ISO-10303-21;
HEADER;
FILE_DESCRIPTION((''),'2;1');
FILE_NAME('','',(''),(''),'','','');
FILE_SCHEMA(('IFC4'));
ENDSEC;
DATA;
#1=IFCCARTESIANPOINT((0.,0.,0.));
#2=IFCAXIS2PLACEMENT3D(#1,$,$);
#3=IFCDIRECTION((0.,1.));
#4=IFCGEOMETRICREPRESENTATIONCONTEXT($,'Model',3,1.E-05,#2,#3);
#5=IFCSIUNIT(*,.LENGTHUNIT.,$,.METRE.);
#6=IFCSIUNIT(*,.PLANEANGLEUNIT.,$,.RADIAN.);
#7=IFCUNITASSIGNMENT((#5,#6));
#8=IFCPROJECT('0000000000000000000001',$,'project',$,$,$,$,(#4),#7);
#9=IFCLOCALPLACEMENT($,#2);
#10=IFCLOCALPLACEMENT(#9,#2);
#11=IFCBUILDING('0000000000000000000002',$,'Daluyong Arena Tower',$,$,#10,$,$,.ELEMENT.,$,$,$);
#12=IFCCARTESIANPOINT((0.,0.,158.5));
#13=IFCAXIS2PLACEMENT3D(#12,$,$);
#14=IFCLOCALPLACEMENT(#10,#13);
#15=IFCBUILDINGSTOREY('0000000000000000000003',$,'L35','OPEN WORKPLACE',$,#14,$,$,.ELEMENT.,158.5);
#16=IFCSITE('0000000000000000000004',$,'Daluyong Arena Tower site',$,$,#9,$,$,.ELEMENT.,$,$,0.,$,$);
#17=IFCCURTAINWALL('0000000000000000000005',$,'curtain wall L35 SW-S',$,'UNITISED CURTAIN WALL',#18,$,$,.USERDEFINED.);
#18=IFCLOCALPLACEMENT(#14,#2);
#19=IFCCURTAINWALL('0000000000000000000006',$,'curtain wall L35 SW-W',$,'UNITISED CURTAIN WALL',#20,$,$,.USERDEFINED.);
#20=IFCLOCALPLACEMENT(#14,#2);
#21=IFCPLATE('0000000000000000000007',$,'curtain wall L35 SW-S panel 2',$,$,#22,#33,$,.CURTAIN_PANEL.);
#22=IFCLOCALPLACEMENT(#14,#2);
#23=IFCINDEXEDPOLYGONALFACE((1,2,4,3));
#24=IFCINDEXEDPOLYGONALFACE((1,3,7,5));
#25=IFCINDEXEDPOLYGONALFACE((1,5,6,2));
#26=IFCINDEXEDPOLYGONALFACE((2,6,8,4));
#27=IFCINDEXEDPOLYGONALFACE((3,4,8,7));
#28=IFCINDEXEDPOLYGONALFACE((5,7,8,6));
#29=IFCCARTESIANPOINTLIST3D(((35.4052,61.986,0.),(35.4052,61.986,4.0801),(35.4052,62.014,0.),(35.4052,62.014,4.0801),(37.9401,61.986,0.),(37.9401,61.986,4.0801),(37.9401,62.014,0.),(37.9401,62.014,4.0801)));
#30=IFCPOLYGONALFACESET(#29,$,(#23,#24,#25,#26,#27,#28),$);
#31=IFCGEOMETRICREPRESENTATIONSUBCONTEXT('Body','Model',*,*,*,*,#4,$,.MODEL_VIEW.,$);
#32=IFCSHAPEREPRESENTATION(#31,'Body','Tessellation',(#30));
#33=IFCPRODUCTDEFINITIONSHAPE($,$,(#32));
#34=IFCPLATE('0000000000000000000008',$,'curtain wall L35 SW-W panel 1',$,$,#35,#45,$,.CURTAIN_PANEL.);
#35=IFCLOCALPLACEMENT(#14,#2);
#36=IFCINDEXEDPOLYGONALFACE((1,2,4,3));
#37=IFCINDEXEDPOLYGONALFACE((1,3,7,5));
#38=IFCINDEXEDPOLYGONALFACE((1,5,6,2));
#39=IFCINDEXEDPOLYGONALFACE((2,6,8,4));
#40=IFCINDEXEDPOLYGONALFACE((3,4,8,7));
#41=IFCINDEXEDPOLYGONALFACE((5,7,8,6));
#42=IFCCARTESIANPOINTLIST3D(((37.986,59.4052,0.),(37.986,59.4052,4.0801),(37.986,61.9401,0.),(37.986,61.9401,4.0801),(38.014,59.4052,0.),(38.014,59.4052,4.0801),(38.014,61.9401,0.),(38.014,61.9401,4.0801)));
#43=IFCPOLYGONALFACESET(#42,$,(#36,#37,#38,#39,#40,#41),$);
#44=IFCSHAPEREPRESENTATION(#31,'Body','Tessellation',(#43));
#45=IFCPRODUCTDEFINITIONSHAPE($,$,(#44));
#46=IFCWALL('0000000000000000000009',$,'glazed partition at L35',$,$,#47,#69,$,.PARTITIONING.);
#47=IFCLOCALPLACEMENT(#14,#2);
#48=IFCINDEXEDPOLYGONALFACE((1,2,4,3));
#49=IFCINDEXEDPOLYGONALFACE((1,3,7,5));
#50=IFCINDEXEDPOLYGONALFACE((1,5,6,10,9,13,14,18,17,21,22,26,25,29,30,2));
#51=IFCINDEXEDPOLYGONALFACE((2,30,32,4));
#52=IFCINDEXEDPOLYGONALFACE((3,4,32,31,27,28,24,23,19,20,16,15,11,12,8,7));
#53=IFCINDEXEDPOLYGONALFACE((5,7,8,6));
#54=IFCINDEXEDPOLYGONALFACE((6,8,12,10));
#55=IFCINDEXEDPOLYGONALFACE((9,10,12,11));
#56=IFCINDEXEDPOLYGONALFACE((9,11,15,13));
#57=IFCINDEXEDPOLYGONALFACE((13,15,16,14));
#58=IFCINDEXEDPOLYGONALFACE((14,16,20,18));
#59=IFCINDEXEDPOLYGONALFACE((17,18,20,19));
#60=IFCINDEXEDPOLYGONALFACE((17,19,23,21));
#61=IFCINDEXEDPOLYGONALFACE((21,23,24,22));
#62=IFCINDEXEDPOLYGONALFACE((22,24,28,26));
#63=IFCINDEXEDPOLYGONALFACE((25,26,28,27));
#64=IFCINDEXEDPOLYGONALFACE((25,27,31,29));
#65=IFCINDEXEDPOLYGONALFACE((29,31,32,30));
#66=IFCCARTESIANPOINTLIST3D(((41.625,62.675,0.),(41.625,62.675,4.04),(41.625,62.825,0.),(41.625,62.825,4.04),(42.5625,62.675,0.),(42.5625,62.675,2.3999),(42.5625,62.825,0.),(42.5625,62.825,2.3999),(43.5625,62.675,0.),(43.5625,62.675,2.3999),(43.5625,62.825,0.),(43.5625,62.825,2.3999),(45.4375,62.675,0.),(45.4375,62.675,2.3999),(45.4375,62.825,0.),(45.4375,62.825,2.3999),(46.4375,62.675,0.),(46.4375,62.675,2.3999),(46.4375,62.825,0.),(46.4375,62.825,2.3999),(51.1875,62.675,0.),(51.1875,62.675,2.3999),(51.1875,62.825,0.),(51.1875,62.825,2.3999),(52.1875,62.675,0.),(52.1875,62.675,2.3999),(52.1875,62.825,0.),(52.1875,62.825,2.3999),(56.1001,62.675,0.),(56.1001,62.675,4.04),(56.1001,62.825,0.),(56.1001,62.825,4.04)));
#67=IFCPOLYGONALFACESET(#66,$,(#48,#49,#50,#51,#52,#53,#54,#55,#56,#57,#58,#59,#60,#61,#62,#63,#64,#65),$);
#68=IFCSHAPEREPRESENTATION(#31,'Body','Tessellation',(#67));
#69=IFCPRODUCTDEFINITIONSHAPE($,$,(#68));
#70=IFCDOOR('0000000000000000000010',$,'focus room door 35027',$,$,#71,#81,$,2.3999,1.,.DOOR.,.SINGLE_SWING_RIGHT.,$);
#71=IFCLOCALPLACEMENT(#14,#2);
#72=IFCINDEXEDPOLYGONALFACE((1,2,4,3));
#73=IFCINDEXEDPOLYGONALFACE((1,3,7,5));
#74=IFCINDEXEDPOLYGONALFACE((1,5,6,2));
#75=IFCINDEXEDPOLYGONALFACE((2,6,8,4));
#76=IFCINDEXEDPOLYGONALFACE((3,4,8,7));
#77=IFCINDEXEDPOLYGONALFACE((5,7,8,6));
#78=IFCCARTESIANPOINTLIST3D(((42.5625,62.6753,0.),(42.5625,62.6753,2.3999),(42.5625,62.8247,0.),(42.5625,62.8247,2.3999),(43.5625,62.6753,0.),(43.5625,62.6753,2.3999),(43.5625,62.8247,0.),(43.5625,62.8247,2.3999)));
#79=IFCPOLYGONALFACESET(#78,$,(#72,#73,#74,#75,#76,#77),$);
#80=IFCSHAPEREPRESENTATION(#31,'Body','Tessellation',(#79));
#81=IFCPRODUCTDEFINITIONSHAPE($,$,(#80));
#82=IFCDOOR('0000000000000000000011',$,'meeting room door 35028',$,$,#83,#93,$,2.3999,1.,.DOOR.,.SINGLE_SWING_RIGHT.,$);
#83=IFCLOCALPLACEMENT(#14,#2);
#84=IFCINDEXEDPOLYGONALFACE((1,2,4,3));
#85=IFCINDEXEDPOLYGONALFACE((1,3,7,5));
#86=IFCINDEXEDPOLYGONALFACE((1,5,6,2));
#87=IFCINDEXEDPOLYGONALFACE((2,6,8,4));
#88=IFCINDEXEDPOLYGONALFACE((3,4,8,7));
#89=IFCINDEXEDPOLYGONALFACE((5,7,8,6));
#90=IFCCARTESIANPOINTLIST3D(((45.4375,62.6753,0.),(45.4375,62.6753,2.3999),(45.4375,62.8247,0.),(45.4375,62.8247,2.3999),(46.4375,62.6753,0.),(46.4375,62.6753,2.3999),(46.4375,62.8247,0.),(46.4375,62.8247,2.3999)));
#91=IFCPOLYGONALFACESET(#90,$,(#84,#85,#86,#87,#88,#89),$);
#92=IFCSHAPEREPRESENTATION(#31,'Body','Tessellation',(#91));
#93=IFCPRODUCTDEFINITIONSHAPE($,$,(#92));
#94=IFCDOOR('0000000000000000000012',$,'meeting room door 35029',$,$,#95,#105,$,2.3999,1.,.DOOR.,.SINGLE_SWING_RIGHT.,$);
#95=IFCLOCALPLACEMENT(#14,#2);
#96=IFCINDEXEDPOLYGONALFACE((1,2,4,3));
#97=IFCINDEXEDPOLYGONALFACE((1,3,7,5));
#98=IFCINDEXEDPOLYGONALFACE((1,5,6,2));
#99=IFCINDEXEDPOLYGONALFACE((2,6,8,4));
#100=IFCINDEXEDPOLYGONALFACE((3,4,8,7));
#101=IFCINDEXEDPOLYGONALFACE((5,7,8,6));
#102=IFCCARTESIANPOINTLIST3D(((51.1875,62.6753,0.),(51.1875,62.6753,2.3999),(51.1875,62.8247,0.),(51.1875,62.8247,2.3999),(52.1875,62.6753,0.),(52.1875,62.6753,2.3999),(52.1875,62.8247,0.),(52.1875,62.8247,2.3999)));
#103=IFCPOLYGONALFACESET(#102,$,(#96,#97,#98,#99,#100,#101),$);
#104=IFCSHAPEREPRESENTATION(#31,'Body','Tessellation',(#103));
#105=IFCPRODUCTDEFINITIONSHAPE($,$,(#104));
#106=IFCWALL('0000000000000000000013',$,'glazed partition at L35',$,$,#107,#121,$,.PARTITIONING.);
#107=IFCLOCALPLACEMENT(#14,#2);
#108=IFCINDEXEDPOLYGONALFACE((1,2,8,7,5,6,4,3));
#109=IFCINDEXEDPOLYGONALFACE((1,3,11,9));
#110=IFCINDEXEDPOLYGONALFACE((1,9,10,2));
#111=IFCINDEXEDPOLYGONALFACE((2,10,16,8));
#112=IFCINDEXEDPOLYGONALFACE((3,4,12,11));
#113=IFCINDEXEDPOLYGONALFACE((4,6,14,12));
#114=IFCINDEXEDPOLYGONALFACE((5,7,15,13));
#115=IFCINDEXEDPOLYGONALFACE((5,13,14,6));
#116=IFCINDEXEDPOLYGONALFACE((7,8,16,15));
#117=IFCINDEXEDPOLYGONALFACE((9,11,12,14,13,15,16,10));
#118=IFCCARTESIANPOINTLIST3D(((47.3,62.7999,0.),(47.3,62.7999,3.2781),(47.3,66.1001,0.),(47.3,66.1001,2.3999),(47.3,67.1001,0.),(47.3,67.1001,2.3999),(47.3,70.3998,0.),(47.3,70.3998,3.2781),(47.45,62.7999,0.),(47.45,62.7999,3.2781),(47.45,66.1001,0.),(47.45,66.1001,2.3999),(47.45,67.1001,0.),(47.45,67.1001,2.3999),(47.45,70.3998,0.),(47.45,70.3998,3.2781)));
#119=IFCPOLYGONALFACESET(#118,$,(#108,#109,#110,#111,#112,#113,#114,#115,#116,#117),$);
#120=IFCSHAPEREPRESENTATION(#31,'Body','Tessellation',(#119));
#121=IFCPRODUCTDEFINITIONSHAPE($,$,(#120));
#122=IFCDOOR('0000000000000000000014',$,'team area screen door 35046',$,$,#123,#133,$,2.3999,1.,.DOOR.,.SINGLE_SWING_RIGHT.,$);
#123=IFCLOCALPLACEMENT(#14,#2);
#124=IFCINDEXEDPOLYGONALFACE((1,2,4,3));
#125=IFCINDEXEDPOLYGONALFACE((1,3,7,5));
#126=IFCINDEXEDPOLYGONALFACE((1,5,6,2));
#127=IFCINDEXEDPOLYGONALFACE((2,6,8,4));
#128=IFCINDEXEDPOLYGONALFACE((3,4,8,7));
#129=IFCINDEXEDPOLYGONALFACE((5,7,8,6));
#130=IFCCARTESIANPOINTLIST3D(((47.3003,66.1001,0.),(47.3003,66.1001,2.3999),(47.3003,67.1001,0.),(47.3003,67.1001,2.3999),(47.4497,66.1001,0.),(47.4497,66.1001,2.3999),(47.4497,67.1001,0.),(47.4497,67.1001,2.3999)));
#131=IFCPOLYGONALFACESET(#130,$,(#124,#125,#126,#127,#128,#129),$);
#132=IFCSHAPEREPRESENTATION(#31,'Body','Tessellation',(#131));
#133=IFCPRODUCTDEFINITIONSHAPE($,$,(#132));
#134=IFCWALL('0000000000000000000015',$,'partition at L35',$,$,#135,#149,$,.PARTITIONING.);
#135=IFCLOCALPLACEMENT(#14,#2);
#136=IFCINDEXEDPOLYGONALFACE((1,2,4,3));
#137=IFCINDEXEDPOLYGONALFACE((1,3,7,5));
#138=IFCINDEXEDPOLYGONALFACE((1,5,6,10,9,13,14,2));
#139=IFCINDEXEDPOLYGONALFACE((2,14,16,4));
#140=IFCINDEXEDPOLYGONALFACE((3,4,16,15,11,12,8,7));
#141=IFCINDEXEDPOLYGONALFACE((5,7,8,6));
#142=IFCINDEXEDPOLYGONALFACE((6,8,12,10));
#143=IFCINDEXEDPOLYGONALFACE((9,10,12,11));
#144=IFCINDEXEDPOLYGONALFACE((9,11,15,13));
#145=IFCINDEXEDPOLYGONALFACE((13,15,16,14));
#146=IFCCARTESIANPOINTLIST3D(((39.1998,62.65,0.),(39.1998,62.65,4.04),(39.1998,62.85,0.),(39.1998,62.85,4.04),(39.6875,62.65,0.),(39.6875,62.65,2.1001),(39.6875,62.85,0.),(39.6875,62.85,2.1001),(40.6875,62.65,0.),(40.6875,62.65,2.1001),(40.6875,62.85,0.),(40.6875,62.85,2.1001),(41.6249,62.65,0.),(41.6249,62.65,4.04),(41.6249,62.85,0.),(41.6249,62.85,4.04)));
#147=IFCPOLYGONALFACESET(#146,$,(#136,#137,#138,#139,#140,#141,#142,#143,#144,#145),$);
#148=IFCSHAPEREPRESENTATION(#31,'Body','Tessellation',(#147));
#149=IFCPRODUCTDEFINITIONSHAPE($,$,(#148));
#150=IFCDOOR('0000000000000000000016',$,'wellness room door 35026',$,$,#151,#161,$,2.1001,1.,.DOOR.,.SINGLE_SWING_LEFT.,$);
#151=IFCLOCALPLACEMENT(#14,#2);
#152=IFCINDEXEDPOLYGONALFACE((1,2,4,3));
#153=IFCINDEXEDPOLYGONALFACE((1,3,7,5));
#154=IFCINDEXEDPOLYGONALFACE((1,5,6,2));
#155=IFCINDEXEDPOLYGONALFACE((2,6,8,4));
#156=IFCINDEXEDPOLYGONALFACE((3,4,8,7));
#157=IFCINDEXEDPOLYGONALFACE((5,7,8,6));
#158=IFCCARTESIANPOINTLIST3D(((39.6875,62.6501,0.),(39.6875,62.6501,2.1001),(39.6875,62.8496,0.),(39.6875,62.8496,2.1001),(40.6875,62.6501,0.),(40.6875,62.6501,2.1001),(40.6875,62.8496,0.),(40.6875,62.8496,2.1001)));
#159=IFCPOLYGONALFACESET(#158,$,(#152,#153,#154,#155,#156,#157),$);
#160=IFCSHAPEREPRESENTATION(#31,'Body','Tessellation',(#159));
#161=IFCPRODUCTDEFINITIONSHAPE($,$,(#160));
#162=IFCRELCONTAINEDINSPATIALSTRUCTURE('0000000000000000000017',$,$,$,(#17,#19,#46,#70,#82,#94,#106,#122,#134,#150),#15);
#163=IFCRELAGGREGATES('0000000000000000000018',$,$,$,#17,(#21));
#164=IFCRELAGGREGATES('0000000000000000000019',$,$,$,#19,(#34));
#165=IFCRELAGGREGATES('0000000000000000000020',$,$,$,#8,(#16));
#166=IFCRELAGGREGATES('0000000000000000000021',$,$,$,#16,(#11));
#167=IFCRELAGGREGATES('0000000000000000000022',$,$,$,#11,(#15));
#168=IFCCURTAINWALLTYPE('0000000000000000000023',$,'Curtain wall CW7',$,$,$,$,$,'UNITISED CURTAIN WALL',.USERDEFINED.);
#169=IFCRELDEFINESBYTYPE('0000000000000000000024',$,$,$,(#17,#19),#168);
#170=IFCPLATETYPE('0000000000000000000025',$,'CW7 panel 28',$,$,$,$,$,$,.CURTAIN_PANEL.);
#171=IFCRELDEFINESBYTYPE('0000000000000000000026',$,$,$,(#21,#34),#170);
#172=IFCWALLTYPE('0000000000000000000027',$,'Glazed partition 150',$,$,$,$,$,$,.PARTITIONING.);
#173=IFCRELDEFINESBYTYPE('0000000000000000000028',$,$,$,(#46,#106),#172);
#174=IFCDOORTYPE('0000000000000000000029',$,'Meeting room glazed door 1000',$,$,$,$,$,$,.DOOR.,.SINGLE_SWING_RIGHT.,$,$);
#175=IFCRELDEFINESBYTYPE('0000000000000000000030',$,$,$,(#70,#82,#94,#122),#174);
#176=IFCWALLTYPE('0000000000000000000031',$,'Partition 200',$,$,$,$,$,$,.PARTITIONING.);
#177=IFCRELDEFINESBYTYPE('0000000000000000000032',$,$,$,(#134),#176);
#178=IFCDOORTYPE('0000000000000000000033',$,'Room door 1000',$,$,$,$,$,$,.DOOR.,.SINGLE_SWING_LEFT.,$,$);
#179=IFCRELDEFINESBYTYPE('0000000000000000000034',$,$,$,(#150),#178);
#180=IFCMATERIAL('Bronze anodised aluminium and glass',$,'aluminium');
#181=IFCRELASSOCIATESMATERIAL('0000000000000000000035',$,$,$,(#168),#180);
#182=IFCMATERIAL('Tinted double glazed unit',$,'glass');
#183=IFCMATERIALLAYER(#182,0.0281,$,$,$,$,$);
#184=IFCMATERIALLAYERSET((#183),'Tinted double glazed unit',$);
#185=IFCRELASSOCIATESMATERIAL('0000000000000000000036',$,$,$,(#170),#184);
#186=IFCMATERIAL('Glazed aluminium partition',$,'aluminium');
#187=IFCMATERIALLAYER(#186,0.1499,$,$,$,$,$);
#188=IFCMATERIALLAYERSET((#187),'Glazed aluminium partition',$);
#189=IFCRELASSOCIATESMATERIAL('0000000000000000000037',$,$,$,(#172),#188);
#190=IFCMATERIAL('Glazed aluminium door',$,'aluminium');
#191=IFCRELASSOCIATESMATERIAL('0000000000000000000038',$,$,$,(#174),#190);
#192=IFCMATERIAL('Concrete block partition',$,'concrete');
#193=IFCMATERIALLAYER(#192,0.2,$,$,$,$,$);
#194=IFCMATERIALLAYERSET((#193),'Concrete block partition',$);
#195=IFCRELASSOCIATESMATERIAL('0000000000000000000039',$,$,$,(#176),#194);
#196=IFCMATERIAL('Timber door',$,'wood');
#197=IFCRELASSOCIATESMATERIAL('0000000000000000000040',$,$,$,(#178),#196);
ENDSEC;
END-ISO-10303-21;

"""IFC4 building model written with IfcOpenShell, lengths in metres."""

from ifc_helpers import new_model, si_unit, direction, frame, frame_2d, origin, origin_2d, place, context, subcontext, project, spatial, rectangle, extrude, material, layer, layer_set, type_object, element, fill, aggregate, save


model = new_model("IFC4")

# Units and contexts
model_context = context("Model", 3, precision=1e-05, world=origin(), true_north=direction((0.0, 1.0)))
body_context = subcontext(model_context, "Body", "Model", "MODEL_VIEW")
ifc_project = project(units=[si_unit("LENGTHUNIT", "METRE"), si_unit("PLANEANGLEUNIT", "RADIAN")], contexts=[model_context])

# Site, building, storey
site_placement = place(None, origin())
site = spatial("IfcSite", under=ifc_project, at=site_placement, Name="Daluyong Arena Tower site", CompositionType="ELEMENT", RefElevation=0.0)
building_placement = place(site_placement, origin())
building = spatial("IfcBuilding", under=site, at=building_placement, Name="Daluyong Arena Tower", CompositionType="ELEMENT")
storey_placement = place(building_placement, frame((0.0, 0.0, 158.5)))
storey = spatial("IfcBuildingStorey", under=building, at=storey_placement, Name="L35", Description="OPEN WORKPLACE", CompositionType="ELEMENT", Elevation=158.5)

# Curtain walls
ifc_material_1 = material(Name="Bronze anodised aluminium and glass", Category="aluminium")
curtain_wall_type = type_object("IfcCurtainWallType", Name="Curtain wall CW7", ElementType="UNITISED CURTAIN WALL", PredefinedType="USERDEFINED", material=ifc_material_1)
curtain_wall_1_placement = place(storey_placement, origin())
curtain_wall_1 = element("IfcCurtainWall", 1, at=curtain_wall_1_placement, inside=storey, type_object=curtain_wall_type, Name="curtain wall L35 SW-S", ObjectType="UNITISED CURTAIN WALL", PredefinedType="USERDEFINED")
curtain_wall_2_placement = place(storey_placement, origin())
curtain_wall_2 = element("IfcCurtainWall", 2, at=curtain_wall_2_placement, inside=storey, type_object=curtain_wall_type, Name="curtain wall L35 SW-W", ObjectType="UNITISED CURTAIN WALL", PredefinedType="USERDEFINED")

# Plates
ifc_material_2 = material(Name="Tinted double glazed unit", Category="glass")
ifc_layer_1 = layer(ifc_material_2, 0.0281)
ifc_layer_set_1 = layer_set([ifc_layer_1], Name="Tinted double glazed unit")
plate_type = type_object("IfcPlateType", Name="CW7 panel 28", PredefinedType="CURTAIN_PANEL", material=ifc_layer_set_1)
plate_1_placement = place(storey_placement, frame((36.6726, 62.0, 0.0), z_axis=(0.0, 0.0, 1.0), x_axis=(1.0, 0.0, 0.0)))
plate_1 = element("IfcPlate", 3, at=plate_1_placement, type_object=plate_type, Name="curtain wall L35 SW-S panel 2", PredefinedType="CURTAIN_PANEL", context=body_context, shape_type="SweptSolid", body=[
    extrude(rectangle(XDim=2.5349, YDim=0.0281, at=origin_2d()), origin(), (0.0, 0.0, 1.0), 4.0801),
])
aggregate(curtain_wall_1, [plate_1])
plate_2_placement = place(storey_placement, frame((38.0, 60.6726, 0.0), z_axis=(0.0, 0.0, 1.0), x_axis=(0.0, -1.0, 0.0)))
plate_2 = element("IfcPlate", 4, at=plate_2_placement, type_object=plate_type, Name="curtain wall L35 SW-W panel 1", PredefinedType="CURTAIN_PANEL", context=body_context, shape_type="SweptSolid", body=[
    extrude(rectangle(XDim=2.5349, YDim=0.0281, at=origin_2d()), origin(), (0.0, 0.0, 1.0), 4.0801),
])
aggregate(curtain_wall_2, [plate_2])

# Wall, openings, doors
ifc_material_3 = material(Name="Glazed aluminium partition", Category="aluminium")
ifc_layer_2 = layer(ifc_material_3, 0.1499)
ifc_layer_set_2 = layer_set([ifc_layer_2], Name="Glazed aluminium partition")
wall_type_1 = type_object("IfcWallType", Name="Glazed partition 150", PredefinedType="PARTITIONING", material=ifc_layer_set_2)
wall_1_placement = place(storey_placement, frame((41.625, 62.75, 0.0), z_axis=(0.0, 0.0, 1.0), x_axis=(1.0, 0.0, 0.0)))
wall_1 = element("IfcWall", 5, at=wall_1_placement, inside=storey, type_object=wall_type_1, Name="glazed partition at L35", PredefinedType="PARTITIONING", context=body_context, shape_type="SweptSolid", body=[
    extrude(rectangle(XDim=14.4751, YDim=0.1499, at=frame_2d((7.2375, 0.0))), origin(), (0.0, 0.0, 1.0), 4.04),
])
opening_1_placement = place(wall_1_placement, frame((0.9375, 0.0, 0.0)))
opening_1 = element("IfcOpeningElement", 6, at=opening_1_placement, cuts=wall_1, PredefinedType="OPENING", context=body_context, shape_type="SweptSolid", body=[
    extrude(rectangle(XDim=1.0, YDim=2.3999, at=frame_2d((0.5, 1.2))), frame((0.0, 0.085, 0.0), z_axis=(0.0, -1.0, 0.0), x_axis=(1.0, 0.0, 0.0)), (0.0, 0.0, 1.0), 0.1699),
])
opening_2_placement = place(wall_1_placement, frame((3.8125, 0.0, 0.0)))
opening_2 = element("IfcOpeningElement", 7, at=opening_2_placement, cuts=wall_1, PredefinedType="OPENING", context=body_context, shape_type="SweptSolid", body=[
    extrude(rectangle(XDim=1.0, YDim=2.3999, at=frame_2d((0.5, 1.2))), frame((0.0, 0.085, 0.0), z_axis=(0.0, -1.0, 0.0), x_axis=(1.0, 0.0, 0.0)), (0.0, 0.0, 1.0), 0.1699),
])
opening_3_placement = place(wall_1_placement, frame((9.5625, 0.0, 0.0)))
opening_3 = element("IfcOpeningElement", 8, at=opening_3_placement, cuts=wall_1, PredefinedType="OPENING", context=body_context, shape_type="SweptSolid", body=[
    extrude(rectangle(XDim=1.0, YDim=2.3999, at=frame_2d((0.5, 1.2))), frame((0.0, 0.085, 0.0), z_axis=(0.0, -1.0, 0.0), x_axis=(1.0, 0.0, 0.0)), (0.0, 0.0, 1.0), 0.1699),
])
ifc_material_4 = material(Name="Glazed aluminium door", Category="aluminium")
door_type_1 = type_object("IfcDoorType", Name="Meeting room glazed door 1000", OperationType="SINGLE_SWING_RIGHT", PredefinedType="DOOR", material=ifc_material_4)
door_1_placement = place(opening_1_placement, origin())
door_1 = element("IfcDoor", 9, at=door_1_placement, inside=storey, type_object=door_type_1, Name="focus room door 35027", OperationType="SINGLE_SWING_RIGHT", OverallHeight=2.3999, OverallWidth=1.0, PredefinedType="DOOR", context=body_context, shape_type="SweptSolid", body=[
    extrude(rectangle(XDim=1.0, YDim=2.3999, at=frame_2d((0.5, 1.2))), frame((0.0, 0.0747, 0.0), z_axis=(0.0, -1.0, 0.0), x_axis=(1.0, 0.0, 0.0)), (0.0, 0.0, 1.0), 0.1494),
])
fill(opening_1, door_1)
door_2_placement = place(opening_2_placement, origin())
door_2 = element("IfcDoor", 10, at=door_2_placement, inside=storey, type_object=door_type_1, Name="meeting room door 35028", OperationType="SINGLE_SWING_RIGHT", OverallHeight=2.3999, OverallWidth=1.0, PredefinedType="DOOR", context=body_context, shape_type="SweptSolid", body=[
    extrude(rectangle(XDim=1.0, YDim=2.3999, at=frame_2d((0.5, 1.2))), frame((0.0, 0.0747, 0.0), z_axis=(0.0, -1.0, 0.0), x_axis=(1.0, 0.0, 0.0)), (0.0, 0.0, 1.0), 0.1494),
])
fill(opening_2, door_2)
door_3_placement = place(opening_3_placement, origin())
door_3 = element("IfcDoor", 11, at=door_3_placement, inside=storey, type_object=door_type_1, Name="meeting room door 35029", OperationType="SINGLE_SWING_RIGHT", OverallHeight=2.3999, OverallWidth=1.0, PredefinedType="DOOR", context=body_context, shape_type="SweptSolid", body=[
    extrude(rectangle(XDim=1.0, YDim=2.3999, at=frame_2d((0.5, 1.2))), frame((0.0, 0.0747, 0.0), z_axis=(0.0, -1.0, 0.0), x_axis=(1.0, 0.0, 0.0)), (0.0, 0.0, 1.0), 0.1494),
])
fill(opening_3, door_3)

# Walls, openings, doors
wall_2_placement = place(storey_placement, frame((47.375, 62.8, 0.0), z_axis=(0.0, 0.0, 1.0), x_axis=(0.0, 1.0, 0.0)))
wall_2 = element("IfcWall", 12, at=wall_2_placement, inside=storey, type_object=wall_type_1, Name="glazed partition at L35", PredefinedType="PARTITIONING", context=body_context, shape_type="SweptSolid", body=[
    extrude(rectangle(XDim=7.5999, YDim=0.1499, at=frame_2d((3.7998, 0.0))), origin(), (0.0, 0.0, 1.0), 3.2781),
])
opening_4_placement = place(wall_2_placement, frame((3.3, 0.0, 0.0)))
opening_4 = element("IfcOpeningElement", 13, at=opening_4_placement, cuts=wall_2, PredefinedType="OPENING", context=body_context, shape_type="SweptSolid", body=[
    extrude(rectangle(XDim=1.0, YDim=2.3999, at=frame_2d((0.5, 1.2))), frame((0.0, 0.085, 0.0), z_axis=(0.0, -1.0, 0.0), x_axis=(1.0, 0.0, 0.0)), (0.0, 0.0, 1.0), 0.1699),
])
door_4_placement = place(opening_4_placement, origin())
door_4 = element("IfcDoor", 14, at=door_4_placement, inside=storey, type_object=door_type_1, Name="team area screen door 35046", OperationType="SINGLE_SWING_RIGHT", OverallHeight=2.3999, OverallWidth=1.0, PredefinedType="DOOR", context=body_context, shape_type="SweptSolid", body=[
    extrude(rectangle(XDim=1.0, YDim=2.3999, at=frame_2d((0.5, 1.2))), frame((0.0, 0.0747, 0.0), z_axis=(0.0, -1.0, 0.0), x_axis=(1.0, 0.0, 0.0)), (0.0, 0.0, 1.0), 0.1494),
])
fill(opening_4, door_4)
ifc_material_5 = material(Name="Concrete block partition", Category="concrete")
ifc_layer_3 = layer(ifc_material_5, 0.2)
ifc_layer_set_3 = layer_set([ifc_layer_3], Name="Concrete block partition")
wall_type_2 = type_object("IfcWallType", Name="Partition 200", PredefinedType="PARTITIONING", material=ifc_layer_set_3)
wall_3_placement = place(storey_placement, frame((39.2, 62.75, 0.0), z_axis=(0.0, 0.0, 1.0), x_axis=(1.0, 0.0, 0.0)))
wall_3 = element("IfcWall", 15, at=wall_3_placement, inside=storey, type_object=wall_type_2, Name="partition at L35", PredefinedType="PARTITIONING", context=body_context, shape_type="SweptSolid", body=[
    extrude(rectangle(XDim=2.425, YDim=0.2, at=frame_2d((1.2124, 0.0))), origin(), (0.0, 0.0, 1.0), 4.04),
])
opening_5_placement = place(wall_3_placement, frame((0.4875, 0.0, 0.0)))
opening_5 = element("IfcOpeningElement", 16, at=opening_5_placement, cuts=wall_3, PredefinedType="OPENING", context=body_context, shape_type="SweptSolid", body=[
    extrude(rectangle(XDim=1.0, YDim=2.1001, at=frame_2d((0.5, 1.05))), frame((0.0, 0.1099, 0.0), z_axis=(0.0, -1.0, 0.0), x_axis=(1.0, 0.0, 0.0)), (0.0, 0.0, 1.0), 0.22),
])
ifc_material_6 = material(Name="Timber door", Category="wood")
door_type_2 = type_object("IfcDoorType", Name="Room door 1000", OperationType="SINGLE_SWING_LEFT", PredefinedType="DOOR", material=ifc_material_6)
door_5_placement = place(opening_5_placement, origin())
door_5 = element("IfcDoor", 17, at=door_5_placement, inside=storey, type_object=door_type_2, Name="wellness room door 35026", OperationType="SINGLE_SWING_LEFT", OverallHeight=2.1001, OverallWidth=1.0, PredefinedType="DOOR", context=body_context, shape_type="SweptSolid", body=[
    extrude(rectangle(XDim=1.0, YDim=2.1001, at=frame_2d((0.5, 1.05))), frame((0.0, 0.0996, 0.0), z_axis=(0.0, -1.0, 0.0), x_axis=(1.0, 0.0, 0.0)), (0.0, 0.0, 1.0), 0.1995),
])
fill(opening_5, door_5)

save(model, "model.ifc")
